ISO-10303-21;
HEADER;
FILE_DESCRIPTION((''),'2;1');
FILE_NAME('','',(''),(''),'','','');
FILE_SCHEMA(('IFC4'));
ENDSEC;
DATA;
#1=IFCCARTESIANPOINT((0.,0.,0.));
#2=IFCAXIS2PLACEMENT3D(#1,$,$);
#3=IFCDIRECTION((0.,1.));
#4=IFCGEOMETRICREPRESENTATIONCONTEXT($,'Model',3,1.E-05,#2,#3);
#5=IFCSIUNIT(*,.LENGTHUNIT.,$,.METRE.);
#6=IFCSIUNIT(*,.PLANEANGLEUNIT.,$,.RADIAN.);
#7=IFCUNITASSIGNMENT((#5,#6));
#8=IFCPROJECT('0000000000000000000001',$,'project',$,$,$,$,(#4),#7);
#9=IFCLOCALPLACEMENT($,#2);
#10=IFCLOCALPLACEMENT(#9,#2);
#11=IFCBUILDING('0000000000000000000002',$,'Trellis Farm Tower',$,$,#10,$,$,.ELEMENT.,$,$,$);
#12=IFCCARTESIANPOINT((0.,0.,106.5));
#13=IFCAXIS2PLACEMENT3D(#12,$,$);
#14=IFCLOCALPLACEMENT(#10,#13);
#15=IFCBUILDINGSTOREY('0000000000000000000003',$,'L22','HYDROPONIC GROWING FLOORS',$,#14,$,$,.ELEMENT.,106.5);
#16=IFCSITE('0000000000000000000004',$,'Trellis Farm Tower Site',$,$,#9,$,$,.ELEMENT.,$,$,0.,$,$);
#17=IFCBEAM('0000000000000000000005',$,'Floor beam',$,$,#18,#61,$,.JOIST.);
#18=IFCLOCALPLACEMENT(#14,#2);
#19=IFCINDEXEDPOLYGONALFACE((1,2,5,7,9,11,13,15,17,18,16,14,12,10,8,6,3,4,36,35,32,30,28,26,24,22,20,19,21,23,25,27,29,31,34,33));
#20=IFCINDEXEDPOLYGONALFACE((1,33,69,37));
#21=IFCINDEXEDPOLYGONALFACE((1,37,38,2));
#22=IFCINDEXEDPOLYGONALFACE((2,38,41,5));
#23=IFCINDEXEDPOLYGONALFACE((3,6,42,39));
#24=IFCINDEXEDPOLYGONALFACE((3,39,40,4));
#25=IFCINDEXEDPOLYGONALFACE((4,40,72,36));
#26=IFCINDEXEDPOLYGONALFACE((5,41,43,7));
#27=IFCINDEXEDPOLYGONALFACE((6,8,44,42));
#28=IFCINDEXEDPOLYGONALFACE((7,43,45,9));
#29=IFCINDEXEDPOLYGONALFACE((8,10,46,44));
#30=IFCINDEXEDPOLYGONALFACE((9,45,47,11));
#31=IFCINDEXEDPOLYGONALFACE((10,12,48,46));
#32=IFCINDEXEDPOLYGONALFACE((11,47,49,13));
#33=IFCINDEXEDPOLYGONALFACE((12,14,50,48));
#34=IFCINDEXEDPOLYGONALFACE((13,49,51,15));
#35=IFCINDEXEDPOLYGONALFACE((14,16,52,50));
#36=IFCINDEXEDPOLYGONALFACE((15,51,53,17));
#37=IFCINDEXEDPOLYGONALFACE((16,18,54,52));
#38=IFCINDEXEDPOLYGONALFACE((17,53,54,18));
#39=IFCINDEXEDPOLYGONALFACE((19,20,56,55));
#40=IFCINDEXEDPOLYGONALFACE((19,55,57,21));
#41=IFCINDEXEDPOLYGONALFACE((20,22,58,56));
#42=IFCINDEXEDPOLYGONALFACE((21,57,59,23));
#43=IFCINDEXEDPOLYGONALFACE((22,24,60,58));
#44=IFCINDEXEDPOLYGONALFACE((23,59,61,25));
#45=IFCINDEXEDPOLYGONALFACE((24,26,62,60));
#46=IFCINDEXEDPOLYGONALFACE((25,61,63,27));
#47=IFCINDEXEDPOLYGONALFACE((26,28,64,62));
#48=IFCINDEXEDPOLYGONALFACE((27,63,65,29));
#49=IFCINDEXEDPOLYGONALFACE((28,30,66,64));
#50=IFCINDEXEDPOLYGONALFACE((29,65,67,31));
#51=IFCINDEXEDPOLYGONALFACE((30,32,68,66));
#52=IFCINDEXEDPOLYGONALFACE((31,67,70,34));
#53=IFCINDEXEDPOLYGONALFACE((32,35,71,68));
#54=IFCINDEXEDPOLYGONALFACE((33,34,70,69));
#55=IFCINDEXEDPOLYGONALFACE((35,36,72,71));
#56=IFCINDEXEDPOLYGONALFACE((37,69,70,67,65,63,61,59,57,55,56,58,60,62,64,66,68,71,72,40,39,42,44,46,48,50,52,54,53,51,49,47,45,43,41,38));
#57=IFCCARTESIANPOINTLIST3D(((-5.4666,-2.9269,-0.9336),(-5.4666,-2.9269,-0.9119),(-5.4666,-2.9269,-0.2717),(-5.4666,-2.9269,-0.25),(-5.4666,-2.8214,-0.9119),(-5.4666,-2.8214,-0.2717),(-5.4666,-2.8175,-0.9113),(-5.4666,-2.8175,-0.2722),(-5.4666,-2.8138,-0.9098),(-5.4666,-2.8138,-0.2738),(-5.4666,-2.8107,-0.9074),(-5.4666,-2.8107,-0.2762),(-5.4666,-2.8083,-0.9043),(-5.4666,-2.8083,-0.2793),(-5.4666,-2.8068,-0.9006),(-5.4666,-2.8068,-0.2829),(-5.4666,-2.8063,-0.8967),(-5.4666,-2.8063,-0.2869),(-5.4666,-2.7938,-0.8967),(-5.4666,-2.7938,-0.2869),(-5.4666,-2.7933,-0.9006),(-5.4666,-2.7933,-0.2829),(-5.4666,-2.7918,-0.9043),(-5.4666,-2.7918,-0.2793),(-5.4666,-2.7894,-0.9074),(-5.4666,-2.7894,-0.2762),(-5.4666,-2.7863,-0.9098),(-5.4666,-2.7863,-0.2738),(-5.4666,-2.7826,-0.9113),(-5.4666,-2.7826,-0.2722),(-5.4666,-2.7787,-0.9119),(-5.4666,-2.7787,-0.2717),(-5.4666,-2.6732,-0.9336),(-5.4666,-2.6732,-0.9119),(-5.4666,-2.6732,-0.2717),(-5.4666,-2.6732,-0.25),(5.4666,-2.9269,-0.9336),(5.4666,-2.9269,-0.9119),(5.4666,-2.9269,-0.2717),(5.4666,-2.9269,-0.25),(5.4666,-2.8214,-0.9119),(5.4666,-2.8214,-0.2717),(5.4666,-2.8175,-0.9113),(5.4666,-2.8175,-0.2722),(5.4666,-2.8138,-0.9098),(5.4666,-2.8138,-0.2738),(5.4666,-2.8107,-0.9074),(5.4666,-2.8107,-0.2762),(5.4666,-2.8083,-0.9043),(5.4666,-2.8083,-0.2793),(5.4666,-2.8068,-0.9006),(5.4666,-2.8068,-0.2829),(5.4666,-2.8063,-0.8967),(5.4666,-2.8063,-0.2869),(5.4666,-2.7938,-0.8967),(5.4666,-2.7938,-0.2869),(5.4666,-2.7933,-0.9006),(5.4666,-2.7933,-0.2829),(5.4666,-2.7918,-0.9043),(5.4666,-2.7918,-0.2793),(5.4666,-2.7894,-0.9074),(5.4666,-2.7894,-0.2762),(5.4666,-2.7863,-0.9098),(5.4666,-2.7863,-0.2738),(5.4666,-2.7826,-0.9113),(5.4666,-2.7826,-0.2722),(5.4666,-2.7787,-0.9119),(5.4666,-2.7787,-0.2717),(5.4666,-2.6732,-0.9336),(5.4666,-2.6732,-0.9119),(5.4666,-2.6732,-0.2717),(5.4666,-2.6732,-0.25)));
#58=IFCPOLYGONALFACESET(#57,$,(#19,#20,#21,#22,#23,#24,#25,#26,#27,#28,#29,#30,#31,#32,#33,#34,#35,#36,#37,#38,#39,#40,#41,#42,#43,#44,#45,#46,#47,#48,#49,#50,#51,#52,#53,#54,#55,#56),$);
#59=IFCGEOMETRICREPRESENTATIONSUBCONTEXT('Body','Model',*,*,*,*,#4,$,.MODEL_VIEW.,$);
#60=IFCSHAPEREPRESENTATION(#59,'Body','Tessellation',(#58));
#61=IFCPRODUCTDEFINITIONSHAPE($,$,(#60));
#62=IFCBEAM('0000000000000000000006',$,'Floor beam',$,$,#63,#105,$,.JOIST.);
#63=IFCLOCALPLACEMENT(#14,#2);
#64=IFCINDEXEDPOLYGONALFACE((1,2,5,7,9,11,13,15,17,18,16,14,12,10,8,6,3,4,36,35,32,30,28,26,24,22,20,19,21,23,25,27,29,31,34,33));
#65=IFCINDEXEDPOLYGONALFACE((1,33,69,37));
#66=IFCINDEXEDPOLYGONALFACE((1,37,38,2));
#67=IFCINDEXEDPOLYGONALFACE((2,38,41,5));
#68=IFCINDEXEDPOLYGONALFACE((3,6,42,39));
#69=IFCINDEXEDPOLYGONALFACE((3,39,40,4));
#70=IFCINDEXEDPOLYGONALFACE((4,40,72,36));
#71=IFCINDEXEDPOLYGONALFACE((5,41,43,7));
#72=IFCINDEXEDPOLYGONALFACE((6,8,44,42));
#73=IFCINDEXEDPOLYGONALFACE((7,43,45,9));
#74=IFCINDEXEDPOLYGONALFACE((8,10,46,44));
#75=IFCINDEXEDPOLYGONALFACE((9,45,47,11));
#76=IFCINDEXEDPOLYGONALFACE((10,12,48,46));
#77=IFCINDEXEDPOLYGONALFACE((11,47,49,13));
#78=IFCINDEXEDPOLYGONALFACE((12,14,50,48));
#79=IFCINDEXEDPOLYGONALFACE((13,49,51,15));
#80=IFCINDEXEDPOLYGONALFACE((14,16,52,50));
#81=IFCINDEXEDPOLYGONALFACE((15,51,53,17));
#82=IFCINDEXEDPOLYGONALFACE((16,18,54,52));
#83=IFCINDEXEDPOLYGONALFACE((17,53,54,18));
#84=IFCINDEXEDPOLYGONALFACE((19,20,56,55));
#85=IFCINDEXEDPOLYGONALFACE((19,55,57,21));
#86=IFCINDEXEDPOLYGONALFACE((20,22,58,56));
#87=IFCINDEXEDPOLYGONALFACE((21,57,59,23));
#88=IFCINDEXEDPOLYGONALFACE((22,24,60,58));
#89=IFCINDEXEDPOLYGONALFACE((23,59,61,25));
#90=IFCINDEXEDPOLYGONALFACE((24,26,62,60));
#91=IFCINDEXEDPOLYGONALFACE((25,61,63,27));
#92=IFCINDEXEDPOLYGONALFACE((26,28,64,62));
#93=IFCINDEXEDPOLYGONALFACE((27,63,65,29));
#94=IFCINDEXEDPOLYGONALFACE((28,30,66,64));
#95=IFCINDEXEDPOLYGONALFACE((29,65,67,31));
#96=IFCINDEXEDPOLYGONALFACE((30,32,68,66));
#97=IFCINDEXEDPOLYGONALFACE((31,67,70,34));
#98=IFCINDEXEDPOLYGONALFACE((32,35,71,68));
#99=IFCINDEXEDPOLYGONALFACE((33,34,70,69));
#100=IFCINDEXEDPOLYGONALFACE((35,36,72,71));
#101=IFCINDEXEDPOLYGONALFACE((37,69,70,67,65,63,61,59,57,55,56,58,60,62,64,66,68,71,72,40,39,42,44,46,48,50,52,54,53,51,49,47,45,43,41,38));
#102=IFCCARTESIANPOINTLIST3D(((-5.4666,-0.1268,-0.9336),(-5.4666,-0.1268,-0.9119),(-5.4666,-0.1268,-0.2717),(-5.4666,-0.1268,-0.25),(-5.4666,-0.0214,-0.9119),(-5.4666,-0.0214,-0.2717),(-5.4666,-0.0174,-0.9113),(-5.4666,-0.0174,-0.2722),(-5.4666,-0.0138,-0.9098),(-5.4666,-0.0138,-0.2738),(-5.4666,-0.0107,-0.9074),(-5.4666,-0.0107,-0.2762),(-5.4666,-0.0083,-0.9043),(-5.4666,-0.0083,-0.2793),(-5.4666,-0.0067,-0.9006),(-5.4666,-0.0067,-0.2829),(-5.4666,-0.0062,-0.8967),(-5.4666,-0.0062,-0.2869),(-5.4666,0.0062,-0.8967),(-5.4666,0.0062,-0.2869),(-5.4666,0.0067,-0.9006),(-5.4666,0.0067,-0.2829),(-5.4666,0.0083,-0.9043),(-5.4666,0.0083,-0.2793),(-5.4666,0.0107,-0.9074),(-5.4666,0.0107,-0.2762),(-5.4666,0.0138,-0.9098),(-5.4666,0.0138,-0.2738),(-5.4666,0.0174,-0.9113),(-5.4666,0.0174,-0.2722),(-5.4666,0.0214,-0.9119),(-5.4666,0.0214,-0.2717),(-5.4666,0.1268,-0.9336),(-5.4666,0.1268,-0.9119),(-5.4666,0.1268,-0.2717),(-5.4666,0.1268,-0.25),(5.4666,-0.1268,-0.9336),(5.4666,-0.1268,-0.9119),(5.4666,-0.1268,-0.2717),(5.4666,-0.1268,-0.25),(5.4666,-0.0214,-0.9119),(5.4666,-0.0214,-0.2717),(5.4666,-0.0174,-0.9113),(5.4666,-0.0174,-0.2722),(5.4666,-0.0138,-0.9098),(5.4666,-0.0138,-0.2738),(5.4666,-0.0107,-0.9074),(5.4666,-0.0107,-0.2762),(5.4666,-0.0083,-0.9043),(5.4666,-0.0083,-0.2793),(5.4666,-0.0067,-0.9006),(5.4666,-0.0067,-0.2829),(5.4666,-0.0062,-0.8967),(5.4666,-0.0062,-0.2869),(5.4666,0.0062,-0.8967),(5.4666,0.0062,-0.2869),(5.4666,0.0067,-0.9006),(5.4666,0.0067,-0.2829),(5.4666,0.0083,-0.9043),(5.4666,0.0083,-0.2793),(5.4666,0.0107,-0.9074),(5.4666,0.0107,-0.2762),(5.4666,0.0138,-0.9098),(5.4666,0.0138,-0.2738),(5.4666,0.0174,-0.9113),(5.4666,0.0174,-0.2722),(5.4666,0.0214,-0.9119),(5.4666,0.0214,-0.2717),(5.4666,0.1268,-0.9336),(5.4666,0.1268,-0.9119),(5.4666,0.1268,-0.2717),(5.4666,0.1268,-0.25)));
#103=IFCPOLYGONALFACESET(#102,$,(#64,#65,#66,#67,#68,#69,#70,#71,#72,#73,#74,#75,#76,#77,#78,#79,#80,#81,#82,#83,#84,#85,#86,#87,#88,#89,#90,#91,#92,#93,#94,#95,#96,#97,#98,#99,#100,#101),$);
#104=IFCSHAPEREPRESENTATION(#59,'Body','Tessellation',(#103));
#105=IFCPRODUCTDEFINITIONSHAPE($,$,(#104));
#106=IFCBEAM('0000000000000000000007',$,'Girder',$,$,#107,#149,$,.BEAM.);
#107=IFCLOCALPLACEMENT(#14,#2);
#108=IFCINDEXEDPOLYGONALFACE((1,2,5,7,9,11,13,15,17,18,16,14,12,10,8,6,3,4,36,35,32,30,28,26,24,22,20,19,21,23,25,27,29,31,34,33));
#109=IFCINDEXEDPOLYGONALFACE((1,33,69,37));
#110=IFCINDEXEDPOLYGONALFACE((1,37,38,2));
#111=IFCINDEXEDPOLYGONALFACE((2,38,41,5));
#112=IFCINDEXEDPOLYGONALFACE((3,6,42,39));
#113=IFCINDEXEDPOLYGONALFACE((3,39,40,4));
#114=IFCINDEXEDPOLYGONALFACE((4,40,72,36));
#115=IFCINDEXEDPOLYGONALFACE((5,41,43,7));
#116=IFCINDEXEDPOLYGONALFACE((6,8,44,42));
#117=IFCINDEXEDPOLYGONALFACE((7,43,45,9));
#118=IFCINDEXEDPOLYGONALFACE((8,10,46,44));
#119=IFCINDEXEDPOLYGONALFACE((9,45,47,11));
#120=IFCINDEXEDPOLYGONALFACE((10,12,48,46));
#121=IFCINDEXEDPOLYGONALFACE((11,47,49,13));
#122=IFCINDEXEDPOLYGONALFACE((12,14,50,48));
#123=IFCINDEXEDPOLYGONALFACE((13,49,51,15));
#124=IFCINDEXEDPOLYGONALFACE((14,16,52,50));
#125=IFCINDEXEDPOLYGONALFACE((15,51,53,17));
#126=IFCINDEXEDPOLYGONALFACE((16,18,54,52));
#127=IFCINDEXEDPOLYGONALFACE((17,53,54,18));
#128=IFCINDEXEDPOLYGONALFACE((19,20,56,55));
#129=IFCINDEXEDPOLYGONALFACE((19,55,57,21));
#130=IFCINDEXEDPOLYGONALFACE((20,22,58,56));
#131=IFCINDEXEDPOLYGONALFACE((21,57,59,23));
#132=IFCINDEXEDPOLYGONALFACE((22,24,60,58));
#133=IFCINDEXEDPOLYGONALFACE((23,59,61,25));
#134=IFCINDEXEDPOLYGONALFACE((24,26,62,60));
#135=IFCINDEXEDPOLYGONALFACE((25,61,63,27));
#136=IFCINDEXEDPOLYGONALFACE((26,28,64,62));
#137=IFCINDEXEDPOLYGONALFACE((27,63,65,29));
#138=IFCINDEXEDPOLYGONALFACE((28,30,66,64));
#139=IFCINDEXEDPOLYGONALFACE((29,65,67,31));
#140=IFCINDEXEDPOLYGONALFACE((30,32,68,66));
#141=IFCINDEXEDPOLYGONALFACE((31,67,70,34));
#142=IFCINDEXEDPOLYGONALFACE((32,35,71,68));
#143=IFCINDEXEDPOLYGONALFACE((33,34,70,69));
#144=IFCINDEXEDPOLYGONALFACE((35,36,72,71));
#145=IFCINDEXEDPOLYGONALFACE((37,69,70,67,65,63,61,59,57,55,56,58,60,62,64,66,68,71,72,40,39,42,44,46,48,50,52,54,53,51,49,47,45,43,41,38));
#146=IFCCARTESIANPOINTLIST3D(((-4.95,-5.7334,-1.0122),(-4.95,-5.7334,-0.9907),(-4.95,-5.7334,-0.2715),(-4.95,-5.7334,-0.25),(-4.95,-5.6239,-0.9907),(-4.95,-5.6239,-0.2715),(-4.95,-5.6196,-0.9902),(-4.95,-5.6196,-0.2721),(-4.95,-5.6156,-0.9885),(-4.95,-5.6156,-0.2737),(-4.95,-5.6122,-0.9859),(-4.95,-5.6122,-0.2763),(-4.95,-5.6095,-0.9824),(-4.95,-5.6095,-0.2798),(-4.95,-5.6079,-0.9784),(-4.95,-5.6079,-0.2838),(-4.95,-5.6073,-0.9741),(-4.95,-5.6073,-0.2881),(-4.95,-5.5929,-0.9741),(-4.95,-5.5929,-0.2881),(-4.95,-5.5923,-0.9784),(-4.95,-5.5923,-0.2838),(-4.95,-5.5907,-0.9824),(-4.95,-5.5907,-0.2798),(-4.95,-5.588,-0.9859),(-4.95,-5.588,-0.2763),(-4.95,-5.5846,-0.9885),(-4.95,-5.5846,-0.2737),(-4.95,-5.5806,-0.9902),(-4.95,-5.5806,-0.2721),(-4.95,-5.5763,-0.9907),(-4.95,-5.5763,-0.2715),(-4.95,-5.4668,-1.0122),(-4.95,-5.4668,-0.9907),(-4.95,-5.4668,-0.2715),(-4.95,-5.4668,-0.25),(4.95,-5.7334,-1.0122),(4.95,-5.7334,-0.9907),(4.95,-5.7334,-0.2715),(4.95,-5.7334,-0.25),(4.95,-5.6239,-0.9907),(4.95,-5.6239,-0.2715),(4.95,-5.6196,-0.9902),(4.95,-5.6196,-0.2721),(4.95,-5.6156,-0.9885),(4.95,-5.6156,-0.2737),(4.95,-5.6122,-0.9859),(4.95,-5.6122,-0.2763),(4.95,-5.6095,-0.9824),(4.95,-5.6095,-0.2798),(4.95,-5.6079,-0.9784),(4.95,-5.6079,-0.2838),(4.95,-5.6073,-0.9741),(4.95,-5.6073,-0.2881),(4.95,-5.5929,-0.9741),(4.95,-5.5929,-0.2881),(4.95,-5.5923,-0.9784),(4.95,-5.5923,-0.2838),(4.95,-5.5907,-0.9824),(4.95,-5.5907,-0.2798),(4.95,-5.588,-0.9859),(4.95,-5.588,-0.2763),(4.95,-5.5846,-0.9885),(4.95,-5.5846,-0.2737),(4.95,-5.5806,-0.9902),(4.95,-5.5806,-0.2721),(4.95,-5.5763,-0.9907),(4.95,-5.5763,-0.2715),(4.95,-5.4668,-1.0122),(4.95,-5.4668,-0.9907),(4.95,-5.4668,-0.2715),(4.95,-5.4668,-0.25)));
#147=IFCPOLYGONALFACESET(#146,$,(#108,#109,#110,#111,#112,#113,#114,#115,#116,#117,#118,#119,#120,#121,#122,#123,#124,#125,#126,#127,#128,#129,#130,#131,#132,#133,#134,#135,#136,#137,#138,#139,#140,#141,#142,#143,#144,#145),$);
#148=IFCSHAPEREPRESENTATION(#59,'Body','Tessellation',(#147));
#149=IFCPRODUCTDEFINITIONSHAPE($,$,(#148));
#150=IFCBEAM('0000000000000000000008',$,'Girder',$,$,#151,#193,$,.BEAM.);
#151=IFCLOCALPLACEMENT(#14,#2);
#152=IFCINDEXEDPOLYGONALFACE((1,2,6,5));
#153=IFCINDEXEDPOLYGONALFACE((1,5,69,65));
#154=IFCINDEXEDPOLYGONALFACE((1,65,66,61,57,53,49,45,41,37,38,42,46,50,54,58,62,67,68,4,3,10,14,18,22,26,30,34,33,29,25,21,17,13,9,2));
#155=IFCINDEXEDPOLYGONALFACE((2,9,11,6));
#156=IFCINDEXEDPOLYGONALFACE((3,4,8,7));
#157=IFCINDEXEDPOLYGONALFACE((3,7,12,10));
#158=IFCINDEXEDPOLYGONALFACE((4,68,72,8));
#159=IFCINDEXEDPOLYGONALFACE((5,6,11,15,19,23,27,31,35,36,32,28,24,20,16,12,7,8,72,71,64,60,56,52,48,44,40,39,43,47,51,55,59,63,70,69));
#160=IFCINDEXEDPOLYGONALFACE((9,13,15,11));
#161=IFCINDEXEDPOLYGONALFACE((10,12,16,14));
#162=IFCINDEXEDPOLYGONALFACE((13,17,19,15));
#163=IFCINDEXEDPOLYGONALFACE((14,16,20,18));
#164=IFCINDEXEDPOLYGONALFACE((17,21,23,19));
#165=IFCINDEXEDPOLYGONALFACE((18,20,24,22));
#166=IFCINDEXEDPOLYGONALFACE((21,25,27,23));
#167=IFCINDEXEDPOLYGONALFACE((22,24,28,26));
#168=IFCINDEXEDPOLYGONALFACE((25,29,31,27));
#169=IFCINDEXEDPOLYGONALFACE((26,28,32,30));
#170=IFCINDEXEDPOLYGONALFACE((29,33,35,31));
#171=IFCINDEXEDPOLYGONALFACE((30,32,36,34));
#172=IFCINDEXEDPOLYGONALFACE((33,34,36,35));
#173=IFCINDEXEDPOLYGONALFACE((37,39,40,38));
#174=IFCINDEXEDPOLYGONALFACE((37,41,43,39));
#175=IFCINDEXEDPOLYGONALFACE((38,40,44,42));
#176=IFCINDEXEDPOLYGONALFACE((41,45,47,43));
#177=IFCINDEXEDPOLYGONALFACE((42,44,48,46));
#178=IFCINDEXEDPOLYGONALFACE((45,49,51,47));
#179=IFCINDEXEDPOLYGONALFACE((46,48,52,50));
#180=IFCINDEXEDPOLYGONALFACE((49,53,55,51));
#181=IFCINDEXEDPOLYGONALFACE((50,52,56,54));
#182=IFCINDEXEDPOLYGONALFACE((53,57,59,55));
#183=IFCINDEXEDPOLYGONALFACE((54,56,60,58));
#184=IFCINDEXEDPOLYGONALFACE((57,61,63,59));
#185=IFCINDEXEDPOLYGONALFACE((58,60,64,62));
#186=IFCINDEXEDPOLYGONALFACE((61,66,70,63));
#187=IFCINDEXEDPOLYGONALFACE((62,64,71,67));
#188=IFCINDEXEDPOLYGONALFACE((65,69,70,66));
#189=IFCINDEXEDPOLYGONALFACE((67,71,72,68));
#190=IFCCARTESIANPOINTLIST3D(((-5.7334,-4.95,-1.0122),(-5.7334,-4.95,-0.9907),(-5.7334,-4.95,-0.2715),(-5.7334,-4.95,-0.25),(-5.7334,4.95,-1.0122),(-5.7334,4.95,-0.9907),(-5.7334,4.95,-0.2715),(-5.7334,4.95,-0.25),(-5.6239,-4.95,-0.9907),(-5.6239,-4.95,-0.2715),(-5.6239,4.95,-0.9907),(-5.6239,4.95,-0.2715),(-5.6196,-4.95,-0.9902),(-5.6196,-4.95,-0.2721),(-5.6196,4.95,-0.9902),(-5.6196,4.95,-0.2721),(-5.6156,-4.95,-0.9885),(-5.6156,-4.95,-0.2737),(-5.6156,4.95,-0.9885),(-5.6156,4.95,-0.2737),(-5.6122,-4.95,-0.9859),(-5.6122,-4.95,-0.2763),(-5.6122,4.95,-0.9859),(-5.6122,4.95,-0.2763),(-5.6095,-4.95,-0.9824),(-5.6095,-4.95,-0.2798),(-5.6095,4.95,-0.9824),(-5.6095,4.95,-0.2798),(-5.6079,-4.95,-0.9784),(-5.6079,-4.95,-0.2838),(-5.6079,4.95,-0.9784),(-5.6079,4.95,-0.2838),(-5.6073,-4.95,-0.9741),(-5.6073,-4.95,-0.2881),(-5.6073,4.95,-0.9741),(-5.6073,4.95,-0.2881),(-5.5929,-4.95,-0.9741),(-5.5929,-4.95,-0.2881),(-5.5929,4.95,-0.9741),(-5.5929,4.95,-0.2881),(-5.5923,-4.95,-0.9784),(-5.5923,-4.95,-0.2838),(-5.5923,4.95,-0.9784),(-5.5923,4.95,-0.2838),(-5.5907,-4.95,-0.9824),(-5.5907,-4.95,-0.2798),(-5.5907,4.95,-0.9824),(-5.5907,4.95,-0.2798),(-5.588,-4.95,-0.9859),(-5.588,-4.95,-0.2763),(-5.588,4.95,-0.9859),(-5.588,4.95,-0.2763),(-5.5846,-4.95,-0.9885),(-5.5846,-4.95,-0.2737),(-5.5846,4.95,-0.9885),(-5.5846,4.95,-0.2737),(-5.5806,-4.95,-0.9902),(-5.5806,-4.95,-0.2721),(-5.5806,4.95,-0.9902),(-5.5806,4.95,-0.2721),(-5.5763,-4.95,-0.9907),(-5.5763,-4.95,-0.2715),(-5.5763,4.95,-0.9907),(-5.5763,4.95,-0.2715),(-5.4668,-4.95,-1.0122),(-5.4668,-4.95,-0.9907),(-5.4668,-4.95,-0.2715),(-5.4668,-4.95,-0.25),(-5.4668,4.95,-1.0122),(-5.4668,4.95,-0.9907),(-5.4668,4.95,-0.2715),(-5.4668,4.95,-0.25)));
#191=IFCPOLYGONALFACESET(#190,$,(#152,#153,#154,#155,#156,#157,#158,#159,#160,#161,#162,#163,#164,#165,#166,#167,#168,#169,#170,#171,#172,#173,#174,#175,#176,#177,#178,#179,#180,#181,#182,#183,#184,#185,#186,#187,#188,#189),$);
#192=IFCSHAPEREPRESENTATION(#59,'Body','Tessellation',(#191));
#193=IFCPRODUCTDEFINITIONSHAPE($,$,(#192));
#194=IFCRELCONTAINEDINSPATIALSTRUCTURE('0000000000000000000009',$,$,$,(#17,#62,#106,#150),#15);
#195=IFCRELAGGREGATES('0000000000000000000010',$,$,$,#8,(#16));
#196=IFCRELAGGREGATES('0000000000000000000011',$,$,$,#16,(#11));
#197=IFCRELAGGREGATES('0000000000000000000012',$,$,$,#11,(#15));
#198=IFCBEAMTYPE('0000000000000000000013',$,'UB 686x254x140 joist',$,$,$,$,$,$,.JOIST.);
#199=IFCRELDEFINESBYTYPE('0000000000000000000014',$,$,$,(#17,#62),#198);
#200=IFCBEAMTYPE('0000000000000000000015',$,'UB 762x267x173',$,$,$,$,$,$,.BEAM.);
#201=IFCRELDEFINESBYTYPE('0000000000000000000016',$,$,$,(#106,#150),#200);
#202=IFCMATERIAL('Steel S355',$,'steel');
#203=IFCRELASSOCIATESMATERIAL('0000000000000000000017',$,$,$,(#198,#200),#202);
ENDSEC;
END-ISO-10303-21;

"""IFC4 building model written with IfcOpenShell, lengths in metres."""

from ifc_helpers import new_model, si_unit, direction, frame, origin, origin_2d, place, context, subcontext, project, spatial, i_section, extrude, source, transform, mapped, material, material_profile, profile_set, type_object, element, save


model = new_model("IFC4")

# Units and contexts
model_context = context("Model", 3, precision=1e-05, world=origin(), true_north=direction((0.0, 1.0)))
body_context = subcontext(model_context, "Body", "Model", "MODEL_VIEW")
ifc_project = project(units=[si_unit("LENGTHUNIT", "METRE"), si_unit("PLANEANGLEUNIT", "RADIAN")], contexts=[model_context])

# Site, building, storey
site_placement = place(None, origin())
site = spatial("IfcSite", under=ifc_project, at=site_placement, Name="Trellis Farm Tower Site", CompositionType="ELEMENT", RefElevation=0.0)
building_placement = place(site_placement, origin())
building = spatial("IfcBuilding", under=site, at=building_placement, Name="Trellis Farm Tower", CompositionType="ELEMENT")
storey_placement = place(building_placement, frame((0.0, 0.0, 106.5)))
storey = spatial("IfcBuildingStorey", under=building, at=storey_placement, Name="L22", Description="HYDROPONIC GROWING FLOORS", CompositionType="ELEMENT", Elevation=106.5)

# Beams
ifc_material_1 = material(Name="Steel S355", Category="steel")
ifc_material_profile_1 = material_profile(ifc_material_1, i_section(OverallWidth=0.2537, OverallDepth=0.6836, WebThickness=0.0125, FlangeThickness=0.0217, FilletRadius=0.0151, at=origin_2d()), Name="UB 686x254x140")
ifc_profile_set_1 = profile_set([ifc_material_profile_1], Name="Steel S355")
beam_type_1 = type_object("IfcBeamType", Name="UB 686x254x140 joist", PredefinedType="JOIST", material=ifc_profile_set_1)
shared_shape_1 = source(origin(), body_context, "Body", "SweptSolid", [
    extrude(i_section(OverallWidth=0.2537, OverallDepth=0.6836, WebThickness=0.0125, FlangeThickness=0.0217, FilletRadius=0.0151, at=origin_2d()), origin(), (0.0, 0.0, 1.0), 10.9331),
])
for number, where, z_axis, x_axis, name in (
    (1, (-5.4666, -2.8, -0.5918), (1.0, 0.0, 0.0), (0.0, 1.0, 0.0), "Floor beam"),
    (2, (-5.4666, 0.0, -0.5918), (1.0, 0.0, 0.0), (0.0, 1.0, 0.0), "Floor beam"),
):
    element("IfcBeam", number, at=place(storey_placement, frame(where, z_axis=z_axis, x_axis=x_axis)), inside=storey, type_object=beam_type_1, Name=name, PredefinedType="JOIST", context=body_context, shape_type="MappedRepresentation", body=[
        mapped(shared_shape_1, transform((0.0, 0.0, 0.0))),
    ])
ifc_material_profile_2 = material_profile(ifc_material_1, i_section(OverallWidth=0.2666, OverallDepth=0.7622, WebThickness=0.0144, FlangeThickness=0.0215, FilletRadius=0.0166, at=origin_2d()), Name="UB 762x267x173")
ifc_profile_set_2 = profile_set([ifc_material_profile_2], Name="Steel S355")
beam_type_2 = type_object("IfcBeamType", Name="UB 762x267x173", PredefinedType="BEAM", material=ifc_profile_set_2)
shared_shape_2 = source(origin(), body_context, "Body", "SweptSolid", [
    extrude(i_section(OverallWidth=0.2666, OverallDepth=0.7622, WebThickness=0.0144, FlangeThickness=0.0215, FilletRadius=0.0166, at=origin_2d()), origin(), (0.0, 0.0, 1.0), 9.8999),
])
for number, where, z_axis, x_axis, name in (
    (3, (-4.95, -5.6001, -0.6311), (1.0, 0.0, 0.0), (0.0, 1.0, 0.0), "Girder"),
    (4, (-5.6001, -4.95, -0.6311), (0.0, 1.0, 0.0), (-1.0, 0.0, 0.0), "Girder"),
):
    element("IfcBeam", number, at=place(storey_placement, frame(where, z_axis=z_axis, x_axis=x_axis)), inside=storey, type_object=beam_type_2, Name=name, PredefinedType="BEAM", context=body_context, shape_type="MappedRepresentation", body=[
        mapped(shared_shape_2, transform((0.0, 0.0, 0.0))),
    ])

save(model, "model.ifc")
